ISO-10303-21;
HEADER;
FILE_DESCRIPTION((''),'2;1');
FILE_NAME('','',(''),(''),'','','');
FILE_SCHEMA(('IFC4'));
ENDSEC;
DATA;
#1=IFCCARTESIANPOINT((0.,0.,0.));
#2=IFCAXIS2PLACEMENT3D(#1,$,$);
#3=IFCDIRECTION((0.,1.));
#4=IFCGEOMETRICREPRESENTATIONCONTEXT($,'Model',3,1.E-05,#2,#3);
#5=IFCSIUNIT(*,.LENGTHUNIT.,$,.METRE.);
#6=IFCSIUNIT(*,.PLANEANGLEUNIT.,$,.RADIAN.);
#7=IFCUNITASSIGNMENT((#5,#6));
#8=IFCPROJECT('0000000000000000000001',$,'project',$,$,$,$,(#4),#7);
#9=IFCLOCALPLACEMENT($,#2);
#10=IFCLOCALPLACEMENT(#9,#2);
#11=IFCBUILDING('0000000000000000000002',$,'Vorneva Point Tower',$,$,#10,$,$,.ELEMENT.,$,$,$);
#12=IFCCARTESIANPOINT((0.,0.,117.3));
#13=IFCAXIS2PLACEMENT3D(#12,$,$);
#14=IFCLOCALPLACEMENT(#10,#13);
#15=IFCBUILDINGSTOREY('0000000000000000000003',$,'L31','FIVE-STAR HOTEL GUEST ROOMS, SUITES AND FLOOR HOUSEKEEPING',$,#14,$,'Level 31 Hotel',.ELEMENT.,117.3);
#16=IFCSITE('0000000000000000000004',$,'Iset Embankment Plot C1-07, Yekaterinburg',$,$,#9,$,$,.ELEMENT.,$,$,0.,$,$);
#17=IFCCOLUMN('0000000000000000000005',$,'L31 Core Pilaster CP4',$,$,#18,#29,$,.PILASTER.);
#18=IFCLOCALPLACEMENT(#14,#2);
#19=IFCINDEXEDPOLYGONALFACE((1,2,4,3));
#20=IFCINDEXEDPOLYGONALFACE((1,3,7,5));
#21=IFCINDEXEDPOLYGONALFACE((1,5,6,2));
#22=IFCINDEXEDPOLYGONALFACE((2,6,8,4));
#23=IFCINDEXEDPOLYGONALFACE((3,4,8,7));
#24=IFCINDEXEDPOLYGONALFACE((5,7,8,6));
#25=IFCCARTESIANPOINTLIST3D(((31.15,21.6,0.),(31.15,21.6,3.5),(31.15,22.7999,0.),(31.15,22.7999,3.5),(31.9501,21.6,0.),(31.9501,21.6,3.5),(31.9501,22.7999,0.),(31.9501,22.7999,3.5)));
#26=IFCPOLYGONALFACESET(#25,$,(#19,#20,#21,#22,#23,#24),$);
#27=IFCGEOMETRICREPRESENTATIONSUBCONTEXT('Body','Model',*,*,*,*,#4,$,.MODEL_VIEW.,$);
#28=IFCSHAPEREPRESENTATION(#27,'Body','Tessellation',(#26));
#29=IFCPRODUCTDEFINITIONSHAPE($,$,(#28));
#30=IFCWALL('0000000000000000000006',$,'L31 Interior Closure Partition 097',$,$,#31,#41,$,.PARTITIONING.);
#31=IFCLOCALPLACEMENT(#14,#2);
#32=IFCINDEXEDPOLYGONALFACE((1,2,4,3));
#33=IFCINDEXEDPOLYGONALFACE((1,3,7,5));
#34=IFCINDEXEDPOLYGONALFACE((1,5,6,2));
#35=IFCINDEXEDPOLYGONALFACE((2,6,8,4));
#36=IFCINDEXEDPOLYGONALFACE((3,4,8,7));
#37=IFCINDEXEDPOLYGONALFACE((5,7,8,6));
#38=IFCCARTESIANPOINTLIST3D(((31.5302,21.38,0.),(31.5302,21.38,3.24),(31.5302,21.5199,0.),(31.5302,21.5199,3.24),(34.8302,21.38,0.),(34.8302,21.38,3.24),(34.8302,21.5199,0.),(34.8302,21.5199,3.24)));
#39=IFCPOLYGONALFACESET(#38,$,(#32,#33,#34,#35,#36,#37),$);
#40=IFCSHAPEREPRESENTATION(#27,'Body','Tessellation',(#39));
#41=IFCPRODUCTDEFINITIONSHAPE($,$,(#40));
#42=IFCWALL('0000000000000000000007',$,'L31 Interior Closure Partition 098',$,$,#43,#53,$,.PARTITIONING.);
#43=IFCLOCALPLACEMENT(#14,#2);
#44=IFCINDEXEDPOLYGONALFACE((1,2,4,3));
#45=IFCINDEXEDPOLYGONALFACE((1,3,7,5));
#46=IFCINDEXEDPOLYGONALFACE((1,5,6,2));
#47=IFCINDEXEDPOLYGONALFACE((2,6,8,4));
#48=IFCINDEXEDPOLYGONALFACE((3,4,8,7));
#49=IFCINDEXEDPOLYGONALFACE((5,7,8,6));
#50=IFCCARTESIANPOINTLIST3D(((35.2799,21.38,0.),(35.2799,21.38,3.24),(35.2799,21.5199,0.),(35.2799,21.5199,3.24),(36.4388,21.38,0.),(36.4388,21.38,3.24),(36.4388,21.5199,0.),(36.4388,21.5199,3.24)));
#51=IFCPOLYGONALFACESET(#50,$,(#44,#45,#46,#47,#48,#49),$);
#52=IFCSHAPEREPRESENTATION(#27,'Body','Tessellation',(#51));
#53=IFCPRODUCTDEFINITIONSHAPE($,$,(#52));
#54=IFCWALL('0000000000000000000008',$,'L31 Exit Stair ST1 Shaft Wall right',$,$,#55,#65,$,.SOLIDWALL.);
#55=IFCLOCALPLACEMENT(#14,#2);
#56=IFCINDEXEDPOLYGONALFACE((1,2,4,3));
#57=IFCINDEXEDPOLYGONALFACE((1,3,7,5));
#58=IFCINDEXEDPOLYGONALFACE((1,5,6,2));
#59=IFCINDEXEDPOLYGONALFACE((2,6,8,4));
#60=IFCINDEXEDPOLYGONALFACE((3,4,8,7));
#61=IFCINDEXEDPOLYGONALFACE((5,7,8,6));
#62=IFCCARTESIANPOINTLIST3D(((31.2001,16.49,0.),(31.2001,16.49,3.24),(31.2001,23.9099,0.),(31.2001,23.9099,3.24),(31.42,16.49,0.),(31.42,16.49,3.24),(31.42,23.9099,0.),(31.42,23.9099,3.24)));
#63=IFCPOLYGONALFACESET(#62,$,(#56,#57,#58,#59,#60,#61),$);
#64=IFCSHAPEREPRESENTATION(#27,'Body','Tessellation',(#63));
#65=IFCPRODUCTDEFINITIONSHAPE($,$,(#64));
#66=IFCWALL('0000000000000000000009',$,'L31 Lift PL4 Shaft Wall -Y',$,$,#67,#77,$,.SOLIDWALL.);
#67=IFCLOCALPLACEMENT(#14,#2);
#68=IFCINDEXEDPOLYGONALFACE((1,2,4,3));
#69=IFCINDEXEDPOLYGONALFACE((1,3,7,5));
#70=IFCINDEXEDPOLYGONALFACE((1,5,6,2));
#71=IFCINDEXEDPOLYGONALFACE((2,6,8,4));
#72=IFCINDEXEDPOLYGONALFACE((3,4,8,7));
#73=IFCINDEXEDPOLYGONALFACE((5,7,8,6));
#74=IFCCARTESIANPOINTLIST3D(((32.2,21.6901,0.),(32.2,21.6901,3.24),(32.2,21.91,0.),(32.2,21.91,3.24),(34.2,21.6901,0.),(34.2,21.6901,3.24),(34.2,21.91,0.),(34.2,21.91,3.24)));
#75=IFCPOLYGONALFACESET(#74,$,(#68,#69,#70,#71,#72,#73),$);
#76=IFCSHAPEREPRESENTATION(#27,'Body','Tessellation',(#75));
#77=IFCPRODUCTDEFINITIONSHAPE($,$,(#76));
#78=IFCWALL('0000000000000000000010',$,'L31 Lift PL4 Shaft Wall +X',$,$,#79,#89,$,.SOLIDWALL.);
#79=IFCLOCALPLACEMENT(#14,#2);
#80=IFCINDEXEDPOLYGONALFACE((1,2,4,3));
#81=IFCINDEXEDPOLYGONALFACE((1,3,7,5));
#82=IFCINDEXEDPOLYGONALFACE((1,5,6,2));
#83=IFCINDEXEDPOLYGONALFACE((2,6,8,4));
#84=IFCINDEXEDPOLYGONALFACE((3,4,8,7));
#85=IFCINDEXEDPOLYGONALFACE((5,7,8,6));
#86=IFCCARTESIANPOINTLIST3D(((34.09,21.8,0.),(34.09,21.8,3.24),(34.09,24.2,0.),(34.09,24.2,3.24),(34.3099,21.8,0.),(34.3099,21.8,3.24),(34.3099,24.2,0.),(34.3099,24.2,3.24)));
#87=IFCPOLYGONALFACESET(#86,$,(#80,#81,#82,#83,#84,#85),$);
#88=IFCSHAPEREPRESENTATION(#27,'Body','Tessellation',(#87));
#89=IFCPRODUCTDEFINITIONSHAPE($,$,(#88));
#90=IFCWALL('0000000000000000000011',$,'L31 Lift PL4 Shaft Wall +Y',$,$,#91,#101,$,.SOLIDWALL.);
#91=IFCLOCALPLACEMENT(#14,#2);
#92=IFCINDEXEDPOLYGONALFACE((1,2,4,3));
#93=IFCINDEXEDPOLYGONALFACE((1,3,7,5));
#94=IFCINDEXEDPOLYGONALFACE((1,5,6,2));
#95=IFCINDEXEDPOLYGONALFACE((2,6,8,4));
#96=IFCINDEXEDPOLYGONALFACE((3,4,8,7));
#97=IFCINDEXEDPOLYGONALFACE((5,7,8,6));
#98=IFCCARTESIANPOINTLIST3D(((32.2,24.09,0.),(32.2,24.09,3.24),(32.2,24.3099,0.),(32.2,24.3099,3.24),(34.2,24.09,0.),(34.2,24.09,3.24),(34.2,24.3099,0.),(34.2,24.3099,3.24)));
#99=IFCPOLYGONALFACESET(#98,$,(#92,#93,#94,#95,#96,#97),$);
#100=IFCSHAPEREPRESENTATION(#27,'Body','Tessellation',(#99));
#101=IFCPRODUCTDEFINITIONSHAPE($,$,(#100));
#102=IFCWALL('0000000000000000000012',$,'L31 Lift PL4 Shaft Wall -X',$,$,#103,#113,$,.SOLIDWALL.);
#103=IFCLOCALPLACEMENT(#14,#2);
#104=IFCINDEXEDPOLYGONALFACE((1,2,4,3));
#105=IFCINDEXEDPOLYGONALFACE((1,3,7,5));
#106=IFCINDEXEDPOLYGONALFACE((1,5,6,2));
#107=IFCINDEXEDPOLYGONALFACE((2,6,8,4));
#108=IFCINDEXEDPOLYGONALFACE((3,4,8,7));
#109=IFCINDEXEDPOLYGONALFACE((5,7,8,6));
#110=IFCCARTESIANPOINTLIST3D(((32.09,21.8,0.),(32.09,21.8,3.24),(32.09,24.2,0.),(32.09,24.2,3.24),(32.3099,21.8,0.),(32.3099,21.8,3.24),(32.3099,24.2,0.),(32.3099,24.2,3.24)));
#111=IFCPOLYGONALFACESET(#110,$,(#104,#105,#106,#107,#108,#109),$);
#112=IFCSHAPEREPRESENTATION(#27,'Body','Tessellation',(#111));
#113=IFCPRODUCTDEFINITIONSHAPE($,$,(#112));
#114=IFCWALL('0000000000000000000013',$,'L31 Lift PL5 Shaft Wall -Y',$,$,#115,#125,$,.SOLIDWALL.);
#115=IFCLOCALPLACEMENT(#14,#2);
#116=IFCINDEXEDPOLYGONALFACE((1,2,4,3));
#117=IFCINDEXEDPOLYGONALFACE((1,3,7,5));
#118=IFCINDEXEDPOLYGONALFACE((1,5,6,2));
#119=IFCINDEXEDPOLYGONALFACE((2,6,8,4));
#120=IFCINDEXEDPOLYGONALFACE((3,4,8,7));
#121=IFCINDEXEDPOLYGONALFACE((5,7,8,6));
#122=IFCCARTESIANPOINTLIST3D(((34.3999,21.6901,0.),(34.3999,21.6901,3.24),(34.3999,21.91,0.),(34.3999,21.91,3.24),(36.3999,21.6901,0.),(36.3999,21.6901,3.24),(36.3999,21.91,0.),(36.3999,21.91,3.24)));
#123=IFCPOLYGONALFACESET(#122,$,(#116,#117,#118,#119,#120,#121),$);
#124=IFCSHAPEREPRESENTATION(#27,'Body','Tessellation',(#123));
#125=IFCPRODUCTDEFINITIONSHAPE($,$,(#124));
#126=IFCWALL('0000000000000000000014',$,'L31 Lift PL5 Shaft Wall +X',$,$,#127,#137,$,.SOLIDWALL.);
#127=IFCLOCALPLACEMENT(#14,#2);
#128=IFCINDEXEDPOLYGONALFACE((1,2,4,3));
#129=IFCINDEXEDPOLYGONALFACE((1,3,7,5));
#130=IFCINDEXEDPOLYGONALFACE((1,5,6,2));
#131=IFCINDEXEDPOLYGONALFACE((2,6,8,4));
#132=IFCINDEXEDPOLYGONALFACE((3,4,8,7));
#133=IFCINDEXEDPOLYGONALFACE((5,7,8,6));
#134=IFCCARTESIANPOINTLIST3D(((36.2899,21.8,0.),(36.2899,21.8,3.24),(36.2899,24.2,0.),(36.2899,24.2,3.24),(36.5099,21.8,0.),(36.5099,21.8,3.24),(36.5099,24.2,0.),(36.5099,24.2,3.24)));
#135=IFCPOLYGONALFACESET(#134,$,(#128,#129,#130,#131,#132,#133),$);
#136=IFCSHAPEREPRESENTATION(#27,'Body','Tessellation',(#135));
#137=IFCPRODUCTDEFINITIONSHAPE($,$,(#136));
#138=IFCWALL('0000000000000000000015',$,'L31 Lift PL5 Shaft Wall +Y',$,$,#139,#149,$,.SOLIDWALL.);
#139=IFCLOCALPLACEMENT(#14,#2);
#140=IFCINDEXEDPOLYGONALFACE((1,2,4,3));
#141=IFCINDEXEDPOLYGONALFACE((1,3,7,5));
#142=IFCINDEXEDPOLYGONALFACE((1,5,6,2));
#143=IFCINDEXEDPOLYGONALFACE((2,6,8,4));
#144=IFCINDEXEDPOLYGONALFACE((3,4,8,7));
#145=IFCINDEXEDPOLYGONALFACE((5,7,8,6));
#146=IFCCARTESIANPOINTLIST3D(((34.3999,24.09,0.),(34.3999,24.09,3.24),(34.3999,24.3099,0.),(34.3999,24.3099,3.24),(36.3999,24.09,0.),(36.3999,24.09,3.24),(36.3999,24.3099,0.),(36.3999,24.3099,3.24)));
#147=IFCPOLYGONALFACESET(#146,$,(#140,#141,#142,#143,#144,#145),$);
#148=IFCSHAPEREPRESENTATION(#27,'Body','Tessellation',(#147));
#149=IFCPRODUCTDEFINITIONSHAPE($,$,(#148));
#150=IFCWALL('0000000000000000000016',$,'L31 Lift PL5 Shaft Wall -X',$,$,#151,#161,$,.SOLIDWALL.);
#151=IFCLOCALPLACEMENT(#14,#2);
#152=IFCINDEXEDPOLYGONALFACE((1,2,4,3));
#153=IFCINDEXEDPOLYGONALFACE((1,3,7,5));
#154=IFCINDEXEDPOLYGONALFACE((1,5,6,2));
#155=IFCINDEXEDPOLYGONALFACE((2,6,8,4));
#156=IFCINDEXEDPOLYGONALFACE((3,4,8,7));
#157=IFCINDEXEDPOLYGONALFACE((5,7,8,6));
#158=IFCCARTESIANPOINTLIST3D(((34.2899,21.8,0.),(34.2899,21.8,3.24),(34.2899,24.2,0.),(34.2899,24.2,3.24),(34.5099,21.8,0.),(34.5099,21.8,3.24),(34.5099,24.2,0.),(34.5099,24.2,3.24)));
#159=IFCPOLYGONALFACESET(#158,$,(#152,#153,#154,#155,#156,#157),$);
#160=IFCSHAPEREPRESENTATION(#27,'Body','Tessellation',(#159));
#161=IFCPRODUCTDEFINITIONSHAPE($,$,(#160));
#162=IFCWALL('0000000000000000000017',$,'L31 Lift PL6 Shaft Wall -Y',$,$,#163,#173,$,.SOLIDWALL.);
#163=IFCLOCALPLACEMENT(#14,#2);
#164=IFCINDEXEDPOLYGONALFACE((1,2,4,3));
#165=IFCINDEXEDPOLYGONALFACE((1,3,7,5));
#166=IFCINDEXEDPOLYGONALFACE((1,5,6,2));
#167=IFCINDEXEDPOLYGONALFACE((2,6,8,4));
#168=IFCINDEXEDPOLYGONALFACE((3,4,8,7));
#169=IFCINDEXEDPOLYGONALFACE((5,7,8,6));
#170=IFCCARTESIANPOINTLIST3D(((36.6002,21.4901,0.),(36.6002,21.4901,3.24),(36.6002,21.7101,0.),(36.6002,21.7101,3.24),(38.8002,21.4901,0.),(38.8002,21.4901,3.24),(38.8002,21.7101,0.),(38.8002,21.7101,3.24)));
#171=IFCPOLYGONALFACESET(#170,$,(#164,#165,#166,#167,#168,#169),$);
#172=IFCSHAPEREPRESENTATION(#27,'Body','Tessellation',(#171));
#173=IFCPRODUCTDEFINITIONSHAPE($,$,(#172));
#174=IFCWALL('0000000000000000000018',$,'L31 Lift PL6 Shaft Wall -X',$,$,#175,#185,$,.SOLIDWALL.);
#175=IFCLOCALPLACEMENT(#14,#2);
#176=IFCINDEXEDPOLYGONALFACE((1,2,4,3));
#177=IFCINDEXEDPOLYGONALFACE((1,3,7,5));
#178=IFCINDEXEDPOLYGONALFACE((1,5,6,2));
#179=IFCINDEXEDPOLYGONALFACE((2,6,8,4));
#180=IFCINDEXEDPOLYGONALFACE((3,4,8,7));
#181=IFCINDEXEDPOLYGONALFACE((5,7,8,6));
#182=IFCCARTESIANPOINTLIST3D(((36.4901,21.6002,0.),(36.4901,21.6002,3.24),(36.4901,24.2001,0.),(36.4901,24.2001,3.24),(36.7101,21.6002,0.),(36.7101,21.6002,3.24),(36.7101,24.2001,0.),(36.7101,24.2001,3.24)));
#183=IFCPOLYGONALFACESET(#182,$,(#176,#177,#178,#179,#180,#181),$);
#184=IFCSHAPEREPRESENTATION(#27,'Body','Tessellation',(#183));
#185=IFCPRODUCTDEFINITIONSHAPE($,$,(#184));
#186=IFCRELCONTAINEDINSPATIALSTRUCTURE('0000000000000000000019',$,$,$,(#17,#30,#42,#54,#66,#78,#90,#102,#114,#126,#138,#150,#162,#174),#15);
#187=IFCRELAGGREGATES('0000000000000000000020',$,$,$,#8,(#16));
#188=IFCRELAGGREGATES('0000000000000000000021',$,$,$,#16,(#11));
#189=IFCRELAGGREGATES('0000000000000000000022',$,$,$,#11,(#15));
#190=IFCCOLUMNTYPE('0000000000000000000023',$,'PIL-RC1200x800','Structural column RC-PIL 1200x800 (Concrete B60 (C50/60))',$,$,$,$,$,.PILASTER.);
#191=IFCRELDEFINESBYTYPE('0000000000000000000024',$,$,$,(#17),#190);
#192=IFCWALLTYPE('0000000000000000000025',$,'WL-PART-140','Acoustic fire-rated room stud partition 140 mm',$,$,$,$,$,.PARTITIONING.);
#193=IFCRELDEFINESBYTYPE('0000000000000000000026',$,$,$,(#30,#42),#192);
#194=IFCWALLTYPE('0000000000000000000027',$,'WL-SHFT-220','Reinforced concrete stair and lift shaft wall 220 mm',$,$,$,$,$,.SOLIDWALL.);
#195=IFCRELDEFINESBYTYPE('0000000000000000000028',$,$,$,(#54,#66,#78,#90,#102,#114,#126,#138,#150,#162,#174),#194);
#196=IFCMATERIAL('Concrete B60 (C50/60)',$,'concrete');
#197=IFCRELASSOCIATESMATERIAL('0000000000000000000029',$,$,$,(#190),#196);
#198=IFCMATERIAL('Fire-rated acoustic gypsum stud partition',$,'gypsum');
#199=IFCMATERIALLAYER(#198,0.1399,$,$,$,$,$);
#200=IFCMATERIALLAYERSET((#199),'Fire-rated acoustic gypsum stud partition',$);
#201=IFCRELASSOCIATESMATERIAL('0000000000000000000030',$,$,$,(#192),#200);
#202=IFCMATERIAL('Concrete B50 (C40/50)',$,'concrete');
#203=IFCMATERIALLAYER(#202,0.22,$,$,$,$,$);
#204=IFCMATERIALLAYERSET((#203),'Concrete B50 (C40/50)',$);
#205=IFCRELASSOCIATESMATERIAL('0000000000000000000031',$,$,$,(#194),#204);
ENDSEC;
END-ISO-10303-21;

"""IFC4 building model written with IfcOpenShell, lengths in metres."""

from ifc_helpers import new_model, si_unit, direction, frame, frame_2d, origin, origin_2d, place, context, subcontext, project, spatial, rectangle, extrude, material, layer, layer_set, material_profile, profile_set, type_object, element, save


model = new_model("IFC4")

# Units and contexts
model_context = context("Model", 3, precision=1e-05, world=origin(), true_north=direction((0.0, 1.0)))
body_context = subcontext(model_context, "Body", "Model", "MODEL_VIEW")
ifc_project = project(units=[si_unit("LENGTHUNIT", "METRE"), si_unit("PLANEANGLEUNIT", "RADIAN")], contexts=[model_context])

# Site, building, storey
site_placement = place(None, origin())
site = spatial("IfcSite", under=ifc_project, at=site_placement, Name="Iset Embankment Plot C1-07, Yekaterinburg", CompositionType="ELEMENT", RefElevation=0.0)
building_placement = place(site_placement, origin())
building = spatial("IfcBuilding", under=site, at=building_placement, Name="Vorneva Point Tower", CompositionType="ELEMENT")
storey_placement = place(building_placement, frame((0.0, 0.0, 117.3)))
storey = spatial("IfcBuildingStorey", under=building, at=storey_placement, Name="L31", Description="FIVE-STAR HOTEL GUEST ROOMS, SUITES AND FLOOR HOUSEKEEPING", LongName="Level 31 Hotel", CompositionType="ELEMENT", Elevation=117.3)

# Column
ifc_material_1 = material(Name="Concrete B60 (C50/60)", Category="concrete")
ifc_material_profile = material_profile(ifc_material_1, rectangle(XDim=0.8, YDim=1.2, at=origin_2d()), Name="RC-PIL 1200x800")
ifc_profile_set = profile_set([ifc_material_profile], Name="Concrete B60 (C50/60)")
column_type = type_object("IfcColumnType", Name="PIL-RC1200x800", Description="Structural column RC-PIL 1200x800 (Concrete B60 (C50/60))", PredefinedType="PILASTER", material=ifc_profile_set)
column_placement = place(storey_placement, frame((31.55, 22.2, 0.0), z_axis=(0.0, 0.0, 1.0), x_axis=(1.0, 0.0, 0.0)))
element("IfcColumn", 1, at=column_placement, inside=storey, type_object=column_type, Name="L31 Core Pilaster CP4", PredefinedType="PILASTER", context=body_context, shape_type="SweptSolid", body=[
    extrude(rectangle(XDim=0.8, YDim=1.2, at=origin_2d()), origin(), (0.0, 0.0, 1.0), 3.5),
])

# Walls
ifc_material_2 = material(Name="Fire-rated acoustic gypsum stud partition", Category="gypsum")
ifc_layer_1 = layer(ifc_material_2, 0.1399)
ifc_layer_set_1 = layer_set([ifc_layer_1], Name="Fire-rated acoustic gypsum stud partition")
wall_type_1 = type_object("IfcWallType", Name="WL-PART-140", Description="Acoustic fire-rated room stud partition 140 mm", PredefinedType="PARTITIONING", material=ifc_layer_set_1)
wall_1_placement = place(storey_placement, frame((34.8301, 21.45, 0.0), z_axis=(0.0, 0.0, 1.0), x_axis=(-1.0, 0.0, 0.0)))
element("IfcWall", 2, at=wall_1_placement, inside=storey, type_object=wall_type_1, Name="L31 Interior Closure Partition 097", PredefinedType="PARTITIONING", context=body_context, shape_type="SweptSolid", body=[
    extrude(rectangle(XDim=3.3, YDim=0.1399, at=frame_2d((1.6499, 0.0))), origin(), (0.0, 0.0, 1.0), 3.24),
])
wall_2_placement = place(storey_placement, frame((36.439, 21.45, 0.0), z_axis=(0.0, 0.0, 1.0), x_axis=(-1.0, 0.0, 0.0)))
element("IfcWall", 3, at=wall_2_placement, inside=storey, type_object=wall_type_1, Name="L31 Interior Closure Partition 098", PredefinedType="PARTITIONING", context=body_context, shape_type="SweptSolid", body=[
    extrude(rectangle(XDim=1.1589, YDim=0.1399, at=frame_2d((0.5796, 0.0))), origin(), (0.0, 0.0, 1.0), 3.24),
])

# Walls
ifc_material_3 = material(Name="Concrete B50 (C40/50)", Category="concrete")
ifc_layer_2 = layer(ifc_material_3, 0.22)
ifc_layer_set_2 = layer_set([ifc_layer_2], Name="Concrete B50 (C40/50)")
wall_type_2 = type_object("IfcWallType", Name="WL-SHFT-220", Description="Reinforced concrete stair and lift shaft wall 220 mm", PredefinedType="SOLIDWALL", material=ifc_layer_set_2)
wall_3_placement = place(storey_placement, frame((31.3101, 23.9099, 0.0), z_axis=(0.0, 0.0, 1.0), x_axis=(0.0, -1.0, 0.0)))
element("IfcWall", 4, at=wall_3_placement, inside=storey, type_object=wall_type_2, Name="L31 Exit Stair ST1 Shaft Wall right", PredefinedType="SOLIDWALL", context=body_context, shape_type="SweptSolid", body=[
    extrude(rectangle(XDim=7.4199, YDim=0.22, at=frame_2d((3.71, 0.0))), origin(), (0.0, 0.0, 1.0), 3.24),
])
wall_4_placement = place(storey_placement, frame((32.2, 21.8, 0.0), z_axis=(0.0, 0.0, 1.0), x_axis=(1.0, 0.0, 0.0)))
element("IfcWall", 5, at=wall_4_placement, inside=storey, type_object=wall_type_2, Name="L31 Lift PL4 Shaft Wall -Y", PredefinedType="SOLIDWALL", context=body_context, shape_type="SweptSolid", body=[
    extrude(rectangle(XDim=2.0, YDim=0.22, at=frame_2d((1.0, 0.0))), origin(), (0.0, 0.0, 1.0), 3.24),
])
wall_5_placement = place(storey_placement, frame((34.2, 21.8, 0.0), z_axis=(0.0, 0.0, 1.0), x_axis=(0.0, 1.0, 0.0)))
element("IfcWall", 6, at=wall_5_placement, inside=storey, type_object=wall_type_2, Name="L31 Lift PL4 Shaft Wall +X", PredefinedType="SOLIDWALL", context=body_context, shape_type="SweptSolid", body=[
    extrude(rectangle(XDim=2.3999, YDim=0.22, at=frame_2d((1.2, 0.0))), origin(), (0.0, 0.0, 1.0), 3.24),
])
wall_6_placement = place(storey_placement, frame((34.2, 24.2, 0.0), z_axis=(0.0, 0.0, 1.0), x_axis=(-1.0, 0.0, 0.0)))
element("IfcWall", 7, at=wall_6_placement, inside=storey, type_object=wall_type_2, Name="L31 Lift PL4 Shaft Wall +Y", PredefinedType="SOLIDWALL", context=body_context, shape_type="SweptSolid", body=[
    extrude(rectangle(XDim=2.0, YDim=0.22, at=frame_2d((1.0, 0.0))), origin(), (0.0, 0.0, 1.0), 3.24),
])
wall_7_placement = place(storey_placement, frame((32.2, 24.2, 0.0), z_axis=(0.0, 0.0, 1.0), x_axis=(0.0, -1.0, 0.0)))
element("IfcWall", 8, at=wall_7_placement, inside=storey, type_object=wall_type_2, Name="L31 Lift PL4 Shaft Wall -X", PredefinedType="SOLIDWALL", context=body_context, shape_type="SweptSolid", body=[
    extrude(rectangle(XDim=2.3999, YDim=0.22, at=frame_2d((1.2, 0.0))), origin(), (0.0, 0.0, 1.0), 3.24),
])
wall_8_placement = place(storey_placement, frame((34.3999, 21.8, 0.0), z_axis=(0.0, 0.0, 1.0), x_axis=(1.0, 0.0, 0.0)))
element("IfcWall", 9, at=wall_8_placement, inside=storey, type_object=wall_type_2, Name="L31 Lift PL5 Shaft Wall -Y", PredefinedType="SOLIDWALL", context=body_context, shape_type="SweptSolid", body=[
    extrude(rectangle(XDim=2.0, YDim=0.22, at=frame_2d((1.0, 0.0))), origin(), (0.0, 0.0, 1.0), 3.24),
])
wall_9_placement = place(storey_placement, frame((36.3999, 21.8, 0.0), z_axis=(0.0, 0.0, 1.0), x_axis=(0.0, 1.0, 0.0)))
element("IfcWall", 10, at=wall_9_placement, inside=storey, type_object=wall_type_2, Name="L31 Lift PL5 Shaft Wall +X", PredefinedType="SOLIDWALL", context=body_context, shape_type="SweptSolid", body=[
    extrude(rectangle(XDim=2.3999, YDim=0.22, at=frame_2d((1.2, 0.0))), origin(), (0.0, 0.0, 1.0), 3.24),
])
wall_10_placement = place(storey_placement, frame((36.3999, 24.2, 0.0), z_axis=(0.0, 0.0, 1.0), x_axis=(-1.0, 0.0, 0.0)))
element("IfcWall", 11, at=wall_10_placement, inside=storey, type_object=wall_type_2, Name="L31 Lift PL5 Shaft Wall +Y", PredefinedType="SOLIDWALL", context=body_context, shape_type="SweptSolid", body=[
    extrude(rectangle(XDim=2.0, YDim=0.22, at=frame_2d((1.0, 0.0))), origin(), (0.0, 0.0, 1.0), 3.24),
])
wall_11_placement = place(storey_placement, frame((34.3999, 24.2, 0.0), z_axis=(0.0, 0.0, 1.0), x_axis=(0.0, -1.0, 0.0)))
element("IfcWall", 12, at=wall_11_placement, inside=storey, type_object=wall_type_2, Name="L31 Lift PL5 Shaft Wall -X", PredefinedType="SOLIDWALL", context=body_context, shape_type="SweptSolid", body=[
    extrude(rectangle(XDim=2.3999, YDim=0.22, at=frame_2d((1.2, 0.0))), origin(), (0.0, 0.0, 1.0), 3.24),
])
wall_12_placement = place(storey_placement, frame((36.6001, 21.6001, 0.0), z_axis=(0.0, 0.0, 1.0), x_axis=(1.0, 0.0, 0.0)))
element("IfcWall", 13, at=wall_12_placement, inside=storey, type_object=wall_type_2, Name="L31 Lift PL6 Shaft Wall -Y", PredefinedType="SOLIDWALL", context=body_context, shape_type="SweptSolid", body=[
    extrude(rectangle(XDim=2.2, YDim=0.22, at=frame_2d((1.1001, 0.0))), origin(), (0.0, 0.0, 1.0), 3.24),
])
wall_13_placement = place(storey_placement, frame((36.6001, 24.2, 0.0), z_axis=(0.0, 0.0, 1.0), x_axis=(0.0, -1.0, 0.0)))
element("IfcWall", 14, at=wall_13_placement, inside=storey, type_object=wall_type_2, Name="L31 Lift PL6 Shaft Wall -X", PredefinedType="SOLIDWALL", context=body_context, shape_type="SweptSolid", body=[
    extrude(rectangle(XDim=2.5999, YDim=0.22, at=frame_2d((1.2998, 0.0))), origin(), (0.0, 0.0, 1.0), 3.24),
])

save(model, "model.ifc")
